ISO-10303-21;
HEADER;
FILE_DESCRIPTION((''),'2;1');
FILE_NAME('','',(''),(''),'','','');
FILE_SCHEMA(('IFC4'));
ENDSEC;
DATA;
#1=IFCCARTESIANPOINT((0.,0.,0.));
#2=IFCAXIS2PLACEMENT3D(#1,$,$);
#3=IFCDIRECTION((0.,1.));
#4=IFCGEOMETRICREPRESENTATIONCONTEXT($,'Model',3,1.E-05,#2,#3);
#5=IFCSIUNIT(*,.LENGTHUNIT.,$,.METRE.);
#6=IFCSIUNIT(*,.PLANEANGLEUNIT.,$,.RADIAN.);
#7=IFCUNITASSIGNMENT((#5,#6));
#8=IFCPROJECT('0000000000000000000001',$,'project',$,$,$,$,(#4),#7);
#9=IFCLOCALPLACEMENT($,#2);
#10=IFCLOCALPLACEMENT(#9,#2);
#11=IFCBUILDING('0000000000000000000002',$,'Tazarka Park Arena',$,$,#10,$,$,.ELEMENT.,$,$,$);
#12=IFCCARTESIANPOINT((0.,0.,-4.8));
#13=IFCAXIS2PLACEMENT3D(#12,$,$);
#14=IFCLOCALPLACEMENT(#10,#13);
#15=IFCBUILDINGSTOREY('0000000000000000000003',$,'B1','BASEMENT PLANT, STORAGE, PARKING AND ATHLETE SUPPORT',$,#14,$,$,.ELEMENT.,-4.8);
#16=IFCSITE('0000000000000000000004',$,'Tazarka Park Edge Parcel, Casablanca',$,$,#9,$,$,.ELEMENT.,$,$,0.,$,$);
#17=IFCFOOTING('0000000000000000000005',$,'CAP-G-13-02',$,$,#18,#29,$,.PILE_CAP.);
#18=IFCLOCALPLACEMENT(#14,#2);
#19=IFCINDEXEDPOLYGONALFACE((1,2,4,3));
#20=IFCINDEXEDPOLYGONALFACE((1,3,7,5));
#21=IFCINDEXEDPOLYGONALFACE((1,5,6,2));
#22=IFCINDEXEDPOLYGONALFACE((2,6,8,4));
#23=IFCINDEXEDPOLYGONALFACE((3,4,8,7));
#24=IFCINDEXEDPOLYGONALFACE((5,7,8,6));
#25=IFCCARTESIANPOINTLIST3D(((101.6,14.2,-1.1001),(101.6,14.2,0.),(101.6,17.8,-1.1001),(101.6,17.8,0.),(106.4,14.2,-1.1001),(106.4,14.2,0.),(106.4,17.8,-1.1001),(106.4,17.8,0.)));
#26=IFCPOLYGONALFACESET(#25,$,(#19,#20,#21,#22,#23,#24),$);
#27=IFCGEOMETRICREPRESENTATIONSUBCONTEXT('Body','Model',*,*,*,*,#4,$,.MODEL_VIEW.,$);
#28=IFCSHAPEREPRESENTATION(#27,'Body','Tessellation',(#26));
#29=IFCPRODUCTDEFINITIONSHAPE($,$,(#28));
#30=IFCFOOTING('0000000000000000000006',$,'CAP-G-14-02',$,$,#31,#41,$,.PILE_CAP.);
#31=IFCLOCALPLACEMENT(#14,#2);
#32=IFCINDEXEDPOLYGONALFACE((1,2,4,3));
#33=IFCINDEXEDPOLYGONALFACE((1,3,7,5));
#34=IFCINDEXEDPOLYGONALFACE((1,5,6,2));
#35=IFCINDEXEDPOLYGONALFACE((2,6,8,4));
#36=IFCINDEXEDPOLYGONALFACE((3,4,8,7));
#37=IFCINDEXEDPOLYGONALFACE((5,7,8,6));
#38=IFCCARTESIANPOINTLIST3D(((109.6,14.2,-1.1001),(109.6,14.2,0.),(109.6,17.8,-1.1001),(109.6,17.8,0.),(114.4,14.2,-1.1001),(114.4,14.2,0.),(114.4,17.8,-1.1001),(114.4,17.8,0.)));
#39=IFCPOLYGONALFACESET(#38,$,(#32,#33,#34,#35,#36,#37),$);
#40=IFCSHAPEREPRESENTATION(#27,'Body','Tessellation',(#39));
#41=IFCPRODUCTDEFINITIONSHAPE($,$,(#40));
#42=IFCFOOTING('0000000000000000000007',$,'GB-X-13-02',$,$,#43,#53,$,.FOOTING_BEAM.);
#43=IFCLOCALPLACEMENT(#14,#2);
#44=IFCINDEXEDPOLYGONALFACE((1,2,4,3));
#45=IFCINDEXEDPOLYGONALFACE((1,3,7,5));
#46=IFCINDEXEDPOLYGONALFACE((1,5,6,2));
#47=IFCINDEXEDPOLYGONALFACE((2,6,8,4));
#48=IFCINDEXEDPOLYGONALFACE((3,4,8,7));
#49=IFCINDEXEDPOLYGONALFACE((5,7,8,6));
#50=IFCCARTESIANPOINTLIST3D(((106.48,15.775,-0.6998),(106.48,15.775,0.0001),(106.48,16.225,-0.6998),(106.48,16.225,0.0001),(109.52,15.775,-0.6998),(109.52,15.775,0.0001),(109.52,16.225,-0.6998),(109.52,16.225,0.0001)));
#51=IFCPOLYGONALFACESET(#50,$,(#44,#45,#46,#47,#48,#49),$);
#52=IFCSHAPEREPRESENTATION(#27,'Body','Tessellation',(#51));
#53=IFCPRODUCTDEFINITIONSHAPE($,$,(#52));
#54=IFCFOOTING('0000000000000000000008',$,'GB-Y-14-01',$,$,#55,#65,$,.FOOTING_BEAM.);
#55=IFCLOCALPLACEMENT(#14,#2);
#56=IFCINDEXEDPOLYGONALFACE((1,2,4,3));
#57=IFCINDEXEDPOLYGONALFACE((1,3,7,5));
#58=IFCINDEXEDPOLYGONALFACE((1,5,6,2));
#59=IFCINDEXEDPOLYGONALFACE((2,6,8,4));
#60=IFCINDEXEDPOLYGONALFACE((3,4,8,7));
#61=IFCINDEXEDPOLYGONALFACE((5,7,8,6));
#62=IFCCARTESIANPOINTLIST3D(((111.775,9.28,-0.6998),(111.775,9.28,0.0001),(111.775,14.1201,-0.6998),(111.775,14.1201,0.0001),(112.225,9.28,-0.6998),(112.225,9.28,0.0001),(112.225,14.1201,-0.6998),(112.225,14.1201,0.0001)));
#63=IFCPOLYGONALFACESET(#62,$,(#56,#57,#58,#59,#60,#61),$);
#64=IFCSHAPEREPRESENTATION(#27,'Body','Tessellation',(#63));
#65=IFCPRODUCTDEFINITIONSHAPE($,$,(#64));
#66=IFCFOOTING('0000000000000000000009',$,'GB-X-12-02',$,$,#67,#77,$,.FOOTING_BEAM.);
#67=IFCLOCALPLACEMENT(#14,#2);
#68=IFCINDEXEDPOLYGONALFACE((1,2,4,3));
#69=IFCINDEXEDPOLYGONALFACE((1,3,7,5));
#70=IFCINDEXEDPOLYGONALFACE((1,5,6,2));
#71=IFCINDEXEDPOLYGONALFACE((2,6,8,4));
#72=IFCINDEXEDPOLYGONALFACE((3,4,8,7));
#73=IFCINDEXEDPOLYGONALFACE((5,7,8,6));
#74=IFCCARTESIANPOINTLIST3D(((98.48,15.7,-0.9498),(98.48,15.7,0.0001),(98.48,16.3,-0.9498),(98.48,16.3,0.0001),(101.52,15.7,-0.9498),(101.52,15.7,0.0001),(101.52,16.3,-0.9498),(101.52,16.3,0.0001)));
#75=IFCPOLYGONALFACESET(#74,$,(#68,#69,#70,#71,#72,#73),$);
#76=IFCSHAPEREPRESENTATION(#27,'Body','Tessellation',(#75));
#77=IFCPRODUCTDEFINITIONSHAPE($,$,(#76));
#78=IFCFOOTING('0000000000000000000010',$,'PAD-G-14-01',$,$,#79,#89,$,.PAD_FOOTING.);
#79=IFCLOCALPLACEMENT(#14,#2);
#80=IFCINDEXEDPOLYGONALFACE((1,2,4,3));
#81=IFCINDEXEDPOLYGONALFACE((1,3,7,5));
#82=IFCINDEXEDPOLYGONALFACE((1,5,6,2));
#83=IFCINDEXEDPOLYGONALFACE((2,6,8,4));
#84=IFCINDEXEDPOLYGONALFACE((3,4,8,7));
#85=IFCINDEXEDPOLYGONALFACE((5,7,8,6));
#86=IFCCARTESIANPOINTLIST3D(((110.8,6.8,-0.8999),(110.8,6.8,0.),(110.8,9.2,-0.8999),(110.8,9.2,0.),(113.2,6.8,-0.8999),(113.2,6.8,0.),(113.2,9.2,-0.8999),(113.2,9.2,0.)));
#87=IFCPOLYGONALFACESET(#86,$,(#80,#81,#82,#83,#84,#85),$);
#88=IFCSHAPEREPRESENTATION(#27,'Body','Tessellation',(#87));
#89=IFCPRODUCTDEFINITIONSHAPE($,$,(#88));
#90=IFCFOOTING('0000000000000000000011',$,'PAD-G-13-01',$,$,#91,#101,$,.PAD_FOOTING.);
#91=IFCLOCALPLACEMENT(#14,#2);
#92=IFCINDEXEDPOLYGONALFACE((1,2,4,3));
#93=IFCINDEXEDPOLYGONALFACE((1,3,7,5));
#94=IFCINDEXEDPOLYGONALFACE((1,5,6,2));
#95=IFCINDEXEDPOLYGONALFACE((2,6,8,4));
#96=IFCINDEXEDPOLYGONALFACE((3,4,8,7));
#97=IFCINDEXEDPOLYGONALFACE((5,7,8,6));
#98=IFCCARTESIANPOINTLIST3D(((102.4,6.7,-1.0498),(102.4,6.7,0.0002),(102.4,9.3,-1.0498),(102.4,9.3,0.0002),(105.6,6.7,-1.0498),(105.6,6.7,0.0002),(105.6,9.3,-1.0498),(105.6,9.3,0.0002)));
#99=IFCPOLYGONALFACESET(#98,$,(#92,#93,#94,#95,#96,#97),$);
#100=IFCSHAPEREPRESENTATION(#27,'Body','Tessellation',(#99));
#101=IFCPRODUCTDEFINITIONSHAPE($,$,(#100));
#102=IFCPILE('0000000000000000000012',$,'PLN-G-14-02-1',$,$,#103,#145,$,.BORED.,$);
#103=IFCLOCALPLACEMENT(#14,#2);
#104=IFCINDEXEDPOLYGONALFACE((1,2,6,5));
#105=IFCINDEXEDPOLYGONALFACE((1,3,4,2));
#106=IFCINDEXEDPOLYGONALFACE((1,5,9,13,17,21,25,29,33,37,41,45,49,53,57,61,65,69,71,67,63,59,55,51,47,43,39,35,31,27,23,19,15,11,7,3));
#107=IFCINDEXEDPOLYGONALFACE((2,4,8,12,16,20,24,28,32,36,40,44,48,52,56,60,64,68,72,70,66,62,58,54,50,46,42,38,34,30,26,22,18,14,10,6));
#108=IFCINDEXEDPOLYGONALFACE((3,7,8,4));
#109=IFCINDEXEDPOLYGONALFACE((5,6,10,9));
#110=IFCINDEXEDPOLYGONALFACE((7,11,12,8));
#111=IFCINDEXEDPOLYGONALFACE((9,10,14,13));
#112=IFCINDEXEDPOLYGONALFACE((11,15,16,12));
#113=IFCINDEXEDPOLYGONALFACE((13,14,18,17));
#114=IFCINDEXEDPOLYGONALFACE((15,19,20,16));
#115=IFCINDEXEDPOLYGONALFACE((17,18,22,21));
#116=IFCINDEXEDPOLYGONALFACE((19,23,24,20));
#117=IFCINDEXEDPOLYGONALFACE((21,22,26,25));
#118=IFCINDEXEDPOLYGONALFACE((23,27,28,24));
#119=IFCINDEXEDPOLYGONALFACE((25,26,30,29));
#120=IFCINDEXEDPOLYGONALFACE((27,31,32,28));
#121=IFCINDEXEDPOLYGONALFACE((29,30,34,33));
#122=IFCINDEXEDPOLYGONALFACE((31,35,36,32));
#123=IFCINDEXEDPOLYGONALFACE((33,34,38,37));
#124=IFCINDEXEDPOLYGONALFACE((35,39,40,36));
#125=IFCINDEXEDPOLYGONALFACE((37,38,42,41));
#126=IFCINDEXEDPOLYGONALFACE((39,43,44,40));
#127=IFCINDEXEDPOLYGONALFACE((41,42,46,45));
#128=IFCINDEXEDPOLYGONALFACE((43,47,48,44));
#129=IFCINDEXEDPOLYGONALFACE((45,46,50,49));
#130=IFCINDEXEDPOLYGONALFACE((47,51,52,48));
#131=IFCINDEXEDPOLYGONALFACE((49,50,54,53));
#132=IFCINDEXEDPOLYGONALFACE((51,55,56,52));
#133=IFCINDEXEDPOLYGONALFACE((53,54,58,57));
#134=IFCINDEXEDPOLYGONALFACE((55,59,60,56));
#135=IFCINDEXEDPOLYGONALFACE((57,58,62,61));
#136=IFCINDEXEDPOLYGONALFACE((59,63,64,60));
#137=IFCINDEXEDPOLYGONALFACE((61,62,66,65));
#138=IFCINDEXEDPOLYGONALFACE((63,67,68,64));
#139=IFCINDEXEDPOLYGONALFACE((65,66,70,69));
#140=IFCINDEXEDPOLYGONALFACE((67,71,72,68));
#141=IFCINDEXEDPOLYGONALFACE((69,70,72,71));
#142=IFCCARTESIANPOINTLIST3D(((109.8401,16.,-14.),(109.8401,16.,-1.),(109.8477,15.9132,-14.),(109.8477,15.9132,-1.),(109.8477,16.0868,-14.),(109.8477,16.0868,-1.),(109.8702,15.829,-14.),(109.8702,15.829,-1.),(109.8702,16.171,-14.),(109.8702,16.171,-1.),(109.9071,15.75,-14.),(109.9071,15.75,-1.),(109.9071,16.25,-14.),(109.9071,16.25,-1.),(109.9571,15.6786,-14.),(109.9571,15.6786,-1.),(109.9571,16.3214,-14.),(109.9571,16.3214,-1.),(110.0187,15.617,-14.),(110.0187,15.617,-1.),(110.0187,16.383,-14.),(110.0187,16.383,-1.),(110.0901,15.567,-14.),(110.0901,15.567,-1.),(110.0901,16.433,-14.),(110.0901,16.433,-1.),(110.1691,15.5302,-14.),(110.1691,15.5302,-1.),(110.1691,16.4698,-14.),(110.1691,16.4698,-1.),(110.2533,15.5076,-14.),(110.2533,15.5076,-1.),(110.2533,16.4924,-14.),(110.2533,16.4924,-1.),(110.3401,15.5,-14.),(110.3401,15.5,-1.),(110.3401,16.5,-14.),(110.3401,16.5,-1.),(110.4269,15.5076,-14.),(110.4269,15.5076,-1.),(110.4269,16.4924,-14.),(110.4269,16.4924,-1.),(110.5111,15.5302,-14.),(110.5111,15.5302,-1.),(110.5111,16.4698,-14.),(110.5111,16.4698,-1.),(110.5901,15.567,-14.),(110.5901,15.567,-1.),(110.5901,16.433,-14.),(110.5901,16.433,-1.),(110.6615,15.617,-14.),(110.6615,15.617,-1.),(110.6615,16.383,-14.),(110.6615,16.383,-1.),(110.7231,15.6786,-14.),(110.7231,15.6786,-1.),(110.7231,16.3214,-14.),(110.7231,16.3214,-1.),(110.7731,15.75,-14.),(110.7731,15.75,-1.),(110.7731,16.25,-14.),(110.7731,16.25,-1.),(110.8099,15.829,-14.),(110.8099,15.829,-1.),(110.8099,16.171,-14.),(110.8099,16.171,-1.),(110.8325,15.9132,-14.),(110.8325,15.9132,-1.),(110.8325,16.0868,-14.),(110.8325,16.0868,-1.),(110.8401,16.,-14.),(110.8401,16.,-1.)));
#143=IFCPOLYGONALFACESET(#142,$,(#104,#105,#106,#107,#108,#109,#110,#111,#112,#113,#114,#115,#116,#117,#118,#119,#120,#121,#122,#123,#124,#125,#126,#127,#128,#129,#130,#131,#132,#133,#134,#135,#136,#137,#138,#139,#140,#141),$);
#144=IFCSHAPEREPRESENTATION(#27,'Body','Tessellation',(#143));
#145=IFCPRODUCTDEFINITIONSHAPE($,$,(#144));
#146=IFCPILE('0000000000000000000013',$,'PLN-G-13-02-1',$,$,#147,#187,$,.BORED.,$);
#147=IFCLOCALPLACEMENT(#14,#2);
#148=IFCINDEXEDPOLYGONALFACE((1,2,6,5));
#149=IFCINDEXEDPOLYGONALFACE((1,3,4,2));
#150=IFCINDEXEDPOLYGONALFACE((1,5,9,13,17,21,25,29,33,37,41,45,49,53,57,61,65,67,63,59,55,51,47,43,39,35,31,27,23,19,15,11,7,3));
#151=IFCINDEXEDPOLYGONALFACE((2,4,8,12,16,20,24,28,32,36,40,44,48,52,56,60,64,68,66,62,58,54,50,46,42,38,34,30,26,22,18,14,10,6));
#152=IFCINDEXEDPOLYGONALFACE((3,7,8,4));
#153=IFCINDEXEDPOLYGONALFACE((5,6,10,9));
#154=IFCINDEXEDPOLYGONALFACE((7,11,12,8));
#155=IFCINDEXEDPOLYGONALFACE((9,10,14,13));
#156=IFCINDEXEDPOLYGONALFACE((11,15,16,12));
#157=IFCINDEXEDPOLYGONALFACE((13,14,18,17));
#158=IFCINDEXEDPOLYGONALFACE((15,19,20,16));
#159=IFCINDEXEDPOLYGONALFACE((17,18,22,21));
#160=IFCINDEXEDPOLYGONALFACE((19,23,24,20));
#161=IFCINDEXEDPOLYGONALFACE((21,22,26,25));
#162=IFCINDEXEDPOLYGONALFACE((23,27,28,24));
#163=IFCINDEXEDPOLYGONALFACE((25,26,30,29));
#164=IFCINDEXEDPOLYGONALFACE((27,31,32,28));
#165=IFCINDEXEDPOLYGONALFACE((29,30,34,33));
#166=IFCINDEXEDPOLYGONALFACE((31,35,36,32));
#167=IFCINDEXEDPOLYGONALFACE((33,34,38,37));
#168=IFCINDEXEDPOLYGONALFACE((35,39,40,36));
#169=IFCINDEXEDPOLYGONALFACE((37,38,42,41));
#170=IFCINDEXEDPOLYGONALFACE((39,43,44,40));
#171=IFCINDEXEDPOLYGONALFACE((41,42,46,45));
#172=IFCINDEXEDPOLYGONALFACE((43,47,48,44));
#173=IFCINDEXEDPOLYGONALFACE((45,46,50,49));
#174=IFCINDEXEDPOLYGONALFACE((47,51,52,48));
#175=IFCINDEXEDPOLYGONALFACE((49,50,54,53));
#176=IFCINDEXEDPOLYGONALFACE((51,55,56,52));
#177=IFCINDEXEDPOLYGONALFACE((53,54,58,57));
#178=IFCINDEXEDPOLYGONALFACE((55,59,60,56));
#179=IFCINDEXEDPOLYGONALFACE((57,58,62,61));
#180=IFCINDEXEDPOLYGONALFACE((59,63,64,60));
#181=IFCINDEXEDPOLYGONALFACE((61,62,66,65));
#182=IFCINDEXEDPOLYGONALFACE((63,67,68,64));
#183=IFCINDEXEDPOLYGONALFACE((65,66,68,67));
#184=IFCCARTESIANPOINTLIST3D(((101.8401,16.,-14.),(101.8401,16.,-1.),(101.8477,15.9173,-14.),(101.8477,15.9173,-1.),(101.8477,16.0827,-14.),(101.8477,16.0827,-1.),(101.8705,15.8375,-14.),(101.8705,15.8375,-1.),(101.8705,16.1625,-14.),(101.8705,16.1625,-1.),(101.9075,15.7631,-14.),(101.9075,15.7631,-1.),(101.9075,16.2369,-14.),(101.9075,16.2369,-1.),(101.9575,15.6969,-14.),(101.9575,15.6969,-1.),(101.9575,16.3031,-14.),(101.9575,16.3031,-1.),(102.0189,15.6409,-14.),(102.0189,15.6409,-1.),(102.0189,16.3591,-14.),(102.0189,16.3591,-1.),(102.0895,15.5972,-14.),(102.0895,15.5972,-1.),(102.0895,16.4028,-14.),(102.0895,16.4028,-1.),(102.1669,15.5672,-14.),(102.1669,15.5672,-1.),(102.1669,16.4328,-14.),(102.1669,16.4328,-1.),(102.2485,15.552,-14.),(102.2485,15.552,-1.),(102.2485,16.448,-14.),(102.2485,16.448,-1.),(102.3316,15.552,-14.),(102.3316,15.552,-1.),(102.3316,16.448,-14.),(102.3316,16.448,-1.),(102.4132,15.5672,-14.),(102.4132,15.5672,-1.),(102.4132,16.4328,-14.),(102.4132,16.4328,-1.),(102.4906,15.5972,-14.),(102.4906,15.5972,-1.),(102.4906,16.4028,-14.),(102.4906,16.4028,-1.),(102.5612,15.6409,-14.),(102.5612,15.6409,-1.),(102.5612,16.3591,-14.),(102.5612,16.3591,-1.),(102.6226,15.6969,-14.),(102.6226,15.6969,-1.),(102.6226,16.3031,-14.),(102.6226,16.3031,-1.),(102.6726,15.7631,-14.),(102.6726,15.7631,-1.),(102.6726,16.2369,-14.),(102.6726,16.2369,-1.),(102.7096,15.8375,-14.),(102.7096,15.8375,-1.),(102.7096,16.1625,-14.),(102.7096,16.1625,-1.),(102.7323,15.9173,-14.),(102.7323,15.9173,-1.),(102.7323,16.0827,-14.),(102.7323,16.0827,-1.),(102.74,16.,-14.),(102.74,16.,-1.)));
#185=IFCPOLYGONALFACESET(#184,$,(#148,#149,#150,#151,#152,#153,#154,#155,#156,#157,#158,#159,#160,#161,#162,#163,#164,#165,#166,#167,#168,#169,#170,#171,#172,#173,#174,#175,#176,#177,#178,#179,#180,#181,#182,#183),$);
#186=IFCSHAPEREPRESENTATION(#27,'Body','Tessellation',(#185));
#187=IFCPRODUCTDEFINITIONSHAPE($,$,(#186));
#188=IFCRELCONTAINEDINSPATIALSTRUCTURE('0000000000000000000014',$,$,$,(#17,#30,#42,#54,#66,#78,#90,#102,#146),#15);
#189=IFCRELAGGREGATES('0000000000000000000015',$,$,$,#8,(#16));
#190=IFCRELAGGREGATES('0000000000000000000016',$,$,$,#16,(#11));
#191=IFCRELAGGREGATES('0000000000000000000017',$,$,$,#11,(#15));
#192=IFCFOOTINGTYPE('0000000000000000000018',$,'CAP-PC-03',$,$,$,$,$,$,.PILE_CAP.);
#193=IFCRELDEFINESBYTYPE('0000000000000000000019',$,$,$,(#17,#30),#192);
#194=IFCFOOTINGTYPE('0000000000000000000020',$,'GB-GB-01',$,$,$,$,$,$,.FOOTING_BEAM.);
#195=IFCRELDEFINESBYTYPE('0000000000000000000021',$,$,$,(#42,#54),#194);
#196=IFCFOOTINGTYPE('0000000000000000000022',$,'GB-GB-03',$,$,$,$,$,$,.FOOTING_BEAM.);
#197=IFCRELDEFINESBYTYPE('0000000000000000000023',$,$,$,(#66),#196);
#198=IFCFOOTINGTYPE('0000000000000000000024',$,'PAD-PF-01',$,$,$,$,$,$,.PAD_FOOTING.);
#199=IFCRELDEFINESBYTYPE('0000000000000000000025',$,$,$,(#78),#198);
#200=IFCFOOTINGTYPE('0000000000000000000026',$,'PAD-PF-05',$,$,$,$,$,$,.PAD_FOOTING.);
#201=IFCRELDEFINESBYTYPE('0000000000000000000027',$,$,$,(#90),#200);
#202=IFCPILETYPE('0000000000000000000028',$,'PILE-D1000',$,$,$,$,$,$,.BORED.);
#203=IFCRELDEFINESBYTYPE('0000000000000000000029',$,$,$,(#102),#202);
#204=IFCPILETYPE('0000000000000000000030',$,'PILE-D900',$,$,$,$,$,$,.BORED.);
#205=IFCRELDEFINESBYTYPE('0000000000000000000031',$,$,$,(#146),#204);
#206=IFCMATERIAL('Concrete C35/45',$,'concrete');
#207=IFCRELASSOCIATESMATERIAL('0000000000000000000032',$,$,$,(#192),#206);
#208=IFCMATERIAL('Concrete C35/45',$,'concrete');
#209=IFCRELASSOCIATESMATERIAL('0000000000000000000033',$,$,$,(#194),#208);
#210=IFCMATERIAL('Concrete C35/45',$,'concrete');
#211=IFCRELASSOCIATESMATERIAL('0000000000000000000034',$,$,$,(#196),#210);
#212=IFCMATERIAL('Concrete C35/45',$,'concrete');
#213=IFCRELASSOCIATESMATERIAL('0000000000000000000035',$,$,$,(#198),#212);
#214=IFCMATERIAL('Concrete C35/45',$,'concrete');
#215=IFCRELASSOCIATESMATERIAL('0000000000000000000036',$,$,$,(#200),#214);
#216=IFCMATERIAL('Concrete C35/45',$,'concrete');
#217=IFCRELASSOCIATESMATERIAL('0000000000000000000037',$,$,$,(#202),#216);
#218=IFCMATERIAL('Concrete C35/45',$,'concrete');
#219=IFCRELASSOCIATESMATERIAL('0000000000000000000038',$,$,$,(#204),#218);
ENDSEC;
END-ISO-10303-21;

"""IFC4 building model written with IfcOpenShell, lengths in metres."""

from ifc_helpers import new_model, si_unit, direction, frame, origin, origin_2d, place, context, subcontext, project, spatial, rectangle, circle, extrude, material, material_profile, profile_set, type_object, element, save


model = new_model("IFC4")

# Units and contexts
model_context = context("Model", 3, precision=1e-05, world=origin(), true_north=direction((0.0, 1.0)))
body_context = subcontext(model_context, "Body", "Model", "MODEL_VIEW")
ifc_project = project(units=[si_unit("LENGTHUNIT", "METRE"), si_unit("PLANEANGLEUNIT", "RADIAN")], contexts=[model_context])

# Site, building, storey
site_placement = place(None, origin())
site = spatial("IfcSite", under=ifc_project, at=site_placement, Name="Tazarka Park Edge Parcel, Casablanca", CompositionType="ELEMENT", RefElevation=0.0)
building_placement = place(site_placement, origin())
building = spatial("IfcBuilding", under=site, at=building_placement, Name="Tazarka Park Arena", CompositionType="ELEMENT")
storey_placement = place(building_placement, frame((0.0, 0.0, -4.8)))
storey = spatial("IfcBuildingStorey", under=building, at=storey_placement, Name="B1", Description="BASEMENT PLANT, STORAGE, PARKING AND ATHLETE SUPPORT", CompositionType="ELEMENT", Elevation=-4.8)

# Footings
ifc_material_1 = material(Name="Concrete C35/45", Category="concrete")
footing_type_1 = type_object("IfcFootingType", Name="CAP-PC-03", PredefinedType="PILE_CAP", material=ifc_material_1)
for number, where, z_axis, x_axis, name in (
    (1, (104.0, 16.0, -1.1001), (0.0, 0.0, 1.0), (1.0, 0.0, 0.0), "CAP-G-13-02"),
    (2, (112.0, 16.0, -1.1001), (0.0, 0.0, 1.0), (1.0, 0.0, 0.0), "CAP-G-14-02"),
):
    element("IfcFooting", number, at=place(storey_placement, frame(where, z_axis=z_axis, x_axis=x_axis)), inside=storey, type_object=footing_type_1, Name=name, PredefinedType="PILE_CAP", context=body_context, shape_type="SweptSolid", body=[
        extrude(rectangle(XDim=4.8, YDim=3.6001, at=origin_2d()), origin(), (0.0, 0.0, 1.0), 1.1001),
    ])
ifc_material_2 = material(Name="Concrete C35/45", Category="concrete")
ifc_material_profile_1 = material_profile(ifc_material_2, rectangle(XDim=0.45, YDim=0.7, at=origin_2d()), Name="Concrete C35/45")
ifc_profile_set_1 = profile_set([ifc_material_profile_1], Name="Concrete C35/45")
footing_type_2 = type_object("IfcFootingType", Name="GB-GB-01", PredefinedType="FOOTING_BEAM", material=ifc_profile_set_1)
footing_1_placement = place(storey_placement, frame((106.48, 16.0, -0.3499), z_axis=(1.0, 0.0, 0.0), x_axis=(0.0, 1.0, 0.0)))
element("IfcFooting", 3, at=footing_1_placement, inside=storey, type_object=footing_type_2, Name="GB-X-13-02", PredefinedType="FOOTING_BEAM", context=body_context, shape_type="SweptSolid", body=[
    extrude(rectangle(XDim=0.45, YDim=0.7, at=origin_2d()), origin(), (0.0, 0.0, 1.0), 3.04),
])
footing_2_placement = place(storey_placement, frame((112.0, 9.28, -0.3499), z_axis=(0.0, 1.0, 0.0), x_axis=(-1.0, 0.0, 0.0)))
element("IfcFooting", 4, at=footing_2_placement, inside=storey, type_object=footing_type_2, Name="GB-Y-14-01", PredefinedType="FOOTING_BEAM", context=body_context, shape_type="SweptSolid", body=[
    extrude(rectangle(XDim=0.45, YDim=0.7, at=origin_2d()), origin(), (0.0, 0.0, 1.0), 4.8401),
])
ifc_material_3 = material(Name="Concrete C35/45", Category="concrete")
ifc_material_profile_2 = material_profile(ifc_material_3, rectangle(XDim=0.6001, YDim=0.95, at=origin_2d()), Name="Concrete C35/45")
ifc_profile_set_2 = profile_set([ifc_material_profile_2], Name="Concrete C35/45")
footing_type_3 = type_object("IfcFootingType", Name="GB-GB-03", PredefinedType="FOOTING_BEAM", material=ifc_profile_set_2)
footing_3_placement = place(storey_placement, frame((98.48, 16.0, -0.4749), z_axis=(1.0, 0.0, 0.0), x_axis=(0.0, 1.0, 0.0)))
element("IfcFooting", 5, at=footing_3_placement, inside=storey, type_object=footing_type_3, Name="GB-X-12-02", PredefinedType="FOOTING_BEAM", context=body_context, shape_type="SweptSolid", body=[
    extrude(rectangle(XDim=0.6001, YDim=0.95, at=origin_2d()), origin(), (0.0, 0.0, 1.0), 3.04),
])
ifc_material_4 = material(Name="Concrete C35/45", Category="concrete")
footing_type_4 = type_object("IfcFootingType", Name="PAD-PF-01", PredefinedType="PAD_FOOTING", material=ifc_material_4)
footing_4_placement = place(storey_placement, frame((112.0, 8.0, -0.8999), z_axis=(0.0, 0.0, 1.0), x_axis=(1.0, 0.0, 0.0)))
element("IfcFooting", 6, at=footing_4_placement, inside=storey, type_object=footing_type_4, Name="PAD-G-14-01", PredefinedType="PAD_FOOTING", context=body_context, shape_type="SweptSolid", body=[
    extrude(rectangle(XDim=2.3999, YDim=2.3999, at=origin_2d()), origin(), (0.0, 0.0, 1.0), 0.8999),
])
ifc_material_5 = material(Name="Concrete C35/45", Category="concrete")
footing_type_5 = type_object("IfcFootingType", Name="PAD-PF-05", PredefinedType="PAD_FOOTING", material=ifc_material_5)
footing_5_placement = place(storey_placement, frame((104.0, 8.0, -1.0498), z_axis=(0.0, 0.0, 1.0), x_axis=(1.0, 0.0, 0.0)))
element("IfcFooting", 7, at=footing_5_placement, inside=storey, type_object=footing_type_5, Name="PAD-G-13-01", PredefinedType="PAD_FOOTING", context=body_context, shape_type="SweptSolid", body=[
    extrude(rectangle(XDim=3.2, YDim=2.6001, at=origin_2d()), origin(), (0.0, 0.0, 1.0), 1.05),
])

# Piles
ifc_material_6 = material(Name="Concrete C35/45", Category="concrete")
ifc_material_profile_3 = material_profile(ifc_material_6, circle(Radius=0.5, at=origin_2d()), Name="Concrete C35/45")
ifc_profile_set_3 = profile_set([ifc_material_profile_3], Name="Concrete C35/45")
pile_type_1 = type_object("IfcPileType", Name="PILE-D1000", PredefinedType="BORED", material=ifc_profile_set_3)
pile_placement = place(storey_placement, frame((110.3401, 16.0, -1.0), z_axis=(0.0, 0.0, -1.0), x_axis=(1.0, 0.0, 0.0)))
element("IfcPile", 8, at=pile_placement, inside=storey, type_object=pile_type_1, Name="PLN-G-14-02-1", PredefinedType="BORED", context=body_context, shape_type="SweptSolid", body=[
    extrude(circle(Radius=0.5, at=origin_2d()), origin(), (0.0, 0.0, 1.0), 13.0),
])
ifc_material_7 = material(Name="Concrete C35/45", Category="concrete")
ifc_material_profile_4 = material_profile(ifc_material_7, circle(Radius=0.45, at=origin_2d()), Name="Concrete C35/45")
ifc_profile_set_4 = profile_set([ifc_material_profile_4], Name="Concrete C35/45")
pile_type_2 = type_object("IfcPileType", Name="PILE-D900", PredefinedType="BORED", material=ifc_profile_set_4)
for number, where, z_axis, x_axis, name in (
    (9, (102.29, 16.0, -1.0), (0.0, 0.0, -1.0), (1.0, 0.0, 0.0), "PLN-G-13-02-1"),
):
    element("IfcPile", number, at=place(storey_placement, frame(where, z_axis=z_axis, x_axis=x_axis)), inside=storey, type_object=pile_type_2, Name=name, PredefinedType="BORED", context=body_context, shape_type="SweptSolid", body=[
        extrude(circle(Radius=0.45, at=origin_2d()), origin(), (0.0, 0.0, 1.0), 13.0),
    ])

save(model, "model.ifc")
